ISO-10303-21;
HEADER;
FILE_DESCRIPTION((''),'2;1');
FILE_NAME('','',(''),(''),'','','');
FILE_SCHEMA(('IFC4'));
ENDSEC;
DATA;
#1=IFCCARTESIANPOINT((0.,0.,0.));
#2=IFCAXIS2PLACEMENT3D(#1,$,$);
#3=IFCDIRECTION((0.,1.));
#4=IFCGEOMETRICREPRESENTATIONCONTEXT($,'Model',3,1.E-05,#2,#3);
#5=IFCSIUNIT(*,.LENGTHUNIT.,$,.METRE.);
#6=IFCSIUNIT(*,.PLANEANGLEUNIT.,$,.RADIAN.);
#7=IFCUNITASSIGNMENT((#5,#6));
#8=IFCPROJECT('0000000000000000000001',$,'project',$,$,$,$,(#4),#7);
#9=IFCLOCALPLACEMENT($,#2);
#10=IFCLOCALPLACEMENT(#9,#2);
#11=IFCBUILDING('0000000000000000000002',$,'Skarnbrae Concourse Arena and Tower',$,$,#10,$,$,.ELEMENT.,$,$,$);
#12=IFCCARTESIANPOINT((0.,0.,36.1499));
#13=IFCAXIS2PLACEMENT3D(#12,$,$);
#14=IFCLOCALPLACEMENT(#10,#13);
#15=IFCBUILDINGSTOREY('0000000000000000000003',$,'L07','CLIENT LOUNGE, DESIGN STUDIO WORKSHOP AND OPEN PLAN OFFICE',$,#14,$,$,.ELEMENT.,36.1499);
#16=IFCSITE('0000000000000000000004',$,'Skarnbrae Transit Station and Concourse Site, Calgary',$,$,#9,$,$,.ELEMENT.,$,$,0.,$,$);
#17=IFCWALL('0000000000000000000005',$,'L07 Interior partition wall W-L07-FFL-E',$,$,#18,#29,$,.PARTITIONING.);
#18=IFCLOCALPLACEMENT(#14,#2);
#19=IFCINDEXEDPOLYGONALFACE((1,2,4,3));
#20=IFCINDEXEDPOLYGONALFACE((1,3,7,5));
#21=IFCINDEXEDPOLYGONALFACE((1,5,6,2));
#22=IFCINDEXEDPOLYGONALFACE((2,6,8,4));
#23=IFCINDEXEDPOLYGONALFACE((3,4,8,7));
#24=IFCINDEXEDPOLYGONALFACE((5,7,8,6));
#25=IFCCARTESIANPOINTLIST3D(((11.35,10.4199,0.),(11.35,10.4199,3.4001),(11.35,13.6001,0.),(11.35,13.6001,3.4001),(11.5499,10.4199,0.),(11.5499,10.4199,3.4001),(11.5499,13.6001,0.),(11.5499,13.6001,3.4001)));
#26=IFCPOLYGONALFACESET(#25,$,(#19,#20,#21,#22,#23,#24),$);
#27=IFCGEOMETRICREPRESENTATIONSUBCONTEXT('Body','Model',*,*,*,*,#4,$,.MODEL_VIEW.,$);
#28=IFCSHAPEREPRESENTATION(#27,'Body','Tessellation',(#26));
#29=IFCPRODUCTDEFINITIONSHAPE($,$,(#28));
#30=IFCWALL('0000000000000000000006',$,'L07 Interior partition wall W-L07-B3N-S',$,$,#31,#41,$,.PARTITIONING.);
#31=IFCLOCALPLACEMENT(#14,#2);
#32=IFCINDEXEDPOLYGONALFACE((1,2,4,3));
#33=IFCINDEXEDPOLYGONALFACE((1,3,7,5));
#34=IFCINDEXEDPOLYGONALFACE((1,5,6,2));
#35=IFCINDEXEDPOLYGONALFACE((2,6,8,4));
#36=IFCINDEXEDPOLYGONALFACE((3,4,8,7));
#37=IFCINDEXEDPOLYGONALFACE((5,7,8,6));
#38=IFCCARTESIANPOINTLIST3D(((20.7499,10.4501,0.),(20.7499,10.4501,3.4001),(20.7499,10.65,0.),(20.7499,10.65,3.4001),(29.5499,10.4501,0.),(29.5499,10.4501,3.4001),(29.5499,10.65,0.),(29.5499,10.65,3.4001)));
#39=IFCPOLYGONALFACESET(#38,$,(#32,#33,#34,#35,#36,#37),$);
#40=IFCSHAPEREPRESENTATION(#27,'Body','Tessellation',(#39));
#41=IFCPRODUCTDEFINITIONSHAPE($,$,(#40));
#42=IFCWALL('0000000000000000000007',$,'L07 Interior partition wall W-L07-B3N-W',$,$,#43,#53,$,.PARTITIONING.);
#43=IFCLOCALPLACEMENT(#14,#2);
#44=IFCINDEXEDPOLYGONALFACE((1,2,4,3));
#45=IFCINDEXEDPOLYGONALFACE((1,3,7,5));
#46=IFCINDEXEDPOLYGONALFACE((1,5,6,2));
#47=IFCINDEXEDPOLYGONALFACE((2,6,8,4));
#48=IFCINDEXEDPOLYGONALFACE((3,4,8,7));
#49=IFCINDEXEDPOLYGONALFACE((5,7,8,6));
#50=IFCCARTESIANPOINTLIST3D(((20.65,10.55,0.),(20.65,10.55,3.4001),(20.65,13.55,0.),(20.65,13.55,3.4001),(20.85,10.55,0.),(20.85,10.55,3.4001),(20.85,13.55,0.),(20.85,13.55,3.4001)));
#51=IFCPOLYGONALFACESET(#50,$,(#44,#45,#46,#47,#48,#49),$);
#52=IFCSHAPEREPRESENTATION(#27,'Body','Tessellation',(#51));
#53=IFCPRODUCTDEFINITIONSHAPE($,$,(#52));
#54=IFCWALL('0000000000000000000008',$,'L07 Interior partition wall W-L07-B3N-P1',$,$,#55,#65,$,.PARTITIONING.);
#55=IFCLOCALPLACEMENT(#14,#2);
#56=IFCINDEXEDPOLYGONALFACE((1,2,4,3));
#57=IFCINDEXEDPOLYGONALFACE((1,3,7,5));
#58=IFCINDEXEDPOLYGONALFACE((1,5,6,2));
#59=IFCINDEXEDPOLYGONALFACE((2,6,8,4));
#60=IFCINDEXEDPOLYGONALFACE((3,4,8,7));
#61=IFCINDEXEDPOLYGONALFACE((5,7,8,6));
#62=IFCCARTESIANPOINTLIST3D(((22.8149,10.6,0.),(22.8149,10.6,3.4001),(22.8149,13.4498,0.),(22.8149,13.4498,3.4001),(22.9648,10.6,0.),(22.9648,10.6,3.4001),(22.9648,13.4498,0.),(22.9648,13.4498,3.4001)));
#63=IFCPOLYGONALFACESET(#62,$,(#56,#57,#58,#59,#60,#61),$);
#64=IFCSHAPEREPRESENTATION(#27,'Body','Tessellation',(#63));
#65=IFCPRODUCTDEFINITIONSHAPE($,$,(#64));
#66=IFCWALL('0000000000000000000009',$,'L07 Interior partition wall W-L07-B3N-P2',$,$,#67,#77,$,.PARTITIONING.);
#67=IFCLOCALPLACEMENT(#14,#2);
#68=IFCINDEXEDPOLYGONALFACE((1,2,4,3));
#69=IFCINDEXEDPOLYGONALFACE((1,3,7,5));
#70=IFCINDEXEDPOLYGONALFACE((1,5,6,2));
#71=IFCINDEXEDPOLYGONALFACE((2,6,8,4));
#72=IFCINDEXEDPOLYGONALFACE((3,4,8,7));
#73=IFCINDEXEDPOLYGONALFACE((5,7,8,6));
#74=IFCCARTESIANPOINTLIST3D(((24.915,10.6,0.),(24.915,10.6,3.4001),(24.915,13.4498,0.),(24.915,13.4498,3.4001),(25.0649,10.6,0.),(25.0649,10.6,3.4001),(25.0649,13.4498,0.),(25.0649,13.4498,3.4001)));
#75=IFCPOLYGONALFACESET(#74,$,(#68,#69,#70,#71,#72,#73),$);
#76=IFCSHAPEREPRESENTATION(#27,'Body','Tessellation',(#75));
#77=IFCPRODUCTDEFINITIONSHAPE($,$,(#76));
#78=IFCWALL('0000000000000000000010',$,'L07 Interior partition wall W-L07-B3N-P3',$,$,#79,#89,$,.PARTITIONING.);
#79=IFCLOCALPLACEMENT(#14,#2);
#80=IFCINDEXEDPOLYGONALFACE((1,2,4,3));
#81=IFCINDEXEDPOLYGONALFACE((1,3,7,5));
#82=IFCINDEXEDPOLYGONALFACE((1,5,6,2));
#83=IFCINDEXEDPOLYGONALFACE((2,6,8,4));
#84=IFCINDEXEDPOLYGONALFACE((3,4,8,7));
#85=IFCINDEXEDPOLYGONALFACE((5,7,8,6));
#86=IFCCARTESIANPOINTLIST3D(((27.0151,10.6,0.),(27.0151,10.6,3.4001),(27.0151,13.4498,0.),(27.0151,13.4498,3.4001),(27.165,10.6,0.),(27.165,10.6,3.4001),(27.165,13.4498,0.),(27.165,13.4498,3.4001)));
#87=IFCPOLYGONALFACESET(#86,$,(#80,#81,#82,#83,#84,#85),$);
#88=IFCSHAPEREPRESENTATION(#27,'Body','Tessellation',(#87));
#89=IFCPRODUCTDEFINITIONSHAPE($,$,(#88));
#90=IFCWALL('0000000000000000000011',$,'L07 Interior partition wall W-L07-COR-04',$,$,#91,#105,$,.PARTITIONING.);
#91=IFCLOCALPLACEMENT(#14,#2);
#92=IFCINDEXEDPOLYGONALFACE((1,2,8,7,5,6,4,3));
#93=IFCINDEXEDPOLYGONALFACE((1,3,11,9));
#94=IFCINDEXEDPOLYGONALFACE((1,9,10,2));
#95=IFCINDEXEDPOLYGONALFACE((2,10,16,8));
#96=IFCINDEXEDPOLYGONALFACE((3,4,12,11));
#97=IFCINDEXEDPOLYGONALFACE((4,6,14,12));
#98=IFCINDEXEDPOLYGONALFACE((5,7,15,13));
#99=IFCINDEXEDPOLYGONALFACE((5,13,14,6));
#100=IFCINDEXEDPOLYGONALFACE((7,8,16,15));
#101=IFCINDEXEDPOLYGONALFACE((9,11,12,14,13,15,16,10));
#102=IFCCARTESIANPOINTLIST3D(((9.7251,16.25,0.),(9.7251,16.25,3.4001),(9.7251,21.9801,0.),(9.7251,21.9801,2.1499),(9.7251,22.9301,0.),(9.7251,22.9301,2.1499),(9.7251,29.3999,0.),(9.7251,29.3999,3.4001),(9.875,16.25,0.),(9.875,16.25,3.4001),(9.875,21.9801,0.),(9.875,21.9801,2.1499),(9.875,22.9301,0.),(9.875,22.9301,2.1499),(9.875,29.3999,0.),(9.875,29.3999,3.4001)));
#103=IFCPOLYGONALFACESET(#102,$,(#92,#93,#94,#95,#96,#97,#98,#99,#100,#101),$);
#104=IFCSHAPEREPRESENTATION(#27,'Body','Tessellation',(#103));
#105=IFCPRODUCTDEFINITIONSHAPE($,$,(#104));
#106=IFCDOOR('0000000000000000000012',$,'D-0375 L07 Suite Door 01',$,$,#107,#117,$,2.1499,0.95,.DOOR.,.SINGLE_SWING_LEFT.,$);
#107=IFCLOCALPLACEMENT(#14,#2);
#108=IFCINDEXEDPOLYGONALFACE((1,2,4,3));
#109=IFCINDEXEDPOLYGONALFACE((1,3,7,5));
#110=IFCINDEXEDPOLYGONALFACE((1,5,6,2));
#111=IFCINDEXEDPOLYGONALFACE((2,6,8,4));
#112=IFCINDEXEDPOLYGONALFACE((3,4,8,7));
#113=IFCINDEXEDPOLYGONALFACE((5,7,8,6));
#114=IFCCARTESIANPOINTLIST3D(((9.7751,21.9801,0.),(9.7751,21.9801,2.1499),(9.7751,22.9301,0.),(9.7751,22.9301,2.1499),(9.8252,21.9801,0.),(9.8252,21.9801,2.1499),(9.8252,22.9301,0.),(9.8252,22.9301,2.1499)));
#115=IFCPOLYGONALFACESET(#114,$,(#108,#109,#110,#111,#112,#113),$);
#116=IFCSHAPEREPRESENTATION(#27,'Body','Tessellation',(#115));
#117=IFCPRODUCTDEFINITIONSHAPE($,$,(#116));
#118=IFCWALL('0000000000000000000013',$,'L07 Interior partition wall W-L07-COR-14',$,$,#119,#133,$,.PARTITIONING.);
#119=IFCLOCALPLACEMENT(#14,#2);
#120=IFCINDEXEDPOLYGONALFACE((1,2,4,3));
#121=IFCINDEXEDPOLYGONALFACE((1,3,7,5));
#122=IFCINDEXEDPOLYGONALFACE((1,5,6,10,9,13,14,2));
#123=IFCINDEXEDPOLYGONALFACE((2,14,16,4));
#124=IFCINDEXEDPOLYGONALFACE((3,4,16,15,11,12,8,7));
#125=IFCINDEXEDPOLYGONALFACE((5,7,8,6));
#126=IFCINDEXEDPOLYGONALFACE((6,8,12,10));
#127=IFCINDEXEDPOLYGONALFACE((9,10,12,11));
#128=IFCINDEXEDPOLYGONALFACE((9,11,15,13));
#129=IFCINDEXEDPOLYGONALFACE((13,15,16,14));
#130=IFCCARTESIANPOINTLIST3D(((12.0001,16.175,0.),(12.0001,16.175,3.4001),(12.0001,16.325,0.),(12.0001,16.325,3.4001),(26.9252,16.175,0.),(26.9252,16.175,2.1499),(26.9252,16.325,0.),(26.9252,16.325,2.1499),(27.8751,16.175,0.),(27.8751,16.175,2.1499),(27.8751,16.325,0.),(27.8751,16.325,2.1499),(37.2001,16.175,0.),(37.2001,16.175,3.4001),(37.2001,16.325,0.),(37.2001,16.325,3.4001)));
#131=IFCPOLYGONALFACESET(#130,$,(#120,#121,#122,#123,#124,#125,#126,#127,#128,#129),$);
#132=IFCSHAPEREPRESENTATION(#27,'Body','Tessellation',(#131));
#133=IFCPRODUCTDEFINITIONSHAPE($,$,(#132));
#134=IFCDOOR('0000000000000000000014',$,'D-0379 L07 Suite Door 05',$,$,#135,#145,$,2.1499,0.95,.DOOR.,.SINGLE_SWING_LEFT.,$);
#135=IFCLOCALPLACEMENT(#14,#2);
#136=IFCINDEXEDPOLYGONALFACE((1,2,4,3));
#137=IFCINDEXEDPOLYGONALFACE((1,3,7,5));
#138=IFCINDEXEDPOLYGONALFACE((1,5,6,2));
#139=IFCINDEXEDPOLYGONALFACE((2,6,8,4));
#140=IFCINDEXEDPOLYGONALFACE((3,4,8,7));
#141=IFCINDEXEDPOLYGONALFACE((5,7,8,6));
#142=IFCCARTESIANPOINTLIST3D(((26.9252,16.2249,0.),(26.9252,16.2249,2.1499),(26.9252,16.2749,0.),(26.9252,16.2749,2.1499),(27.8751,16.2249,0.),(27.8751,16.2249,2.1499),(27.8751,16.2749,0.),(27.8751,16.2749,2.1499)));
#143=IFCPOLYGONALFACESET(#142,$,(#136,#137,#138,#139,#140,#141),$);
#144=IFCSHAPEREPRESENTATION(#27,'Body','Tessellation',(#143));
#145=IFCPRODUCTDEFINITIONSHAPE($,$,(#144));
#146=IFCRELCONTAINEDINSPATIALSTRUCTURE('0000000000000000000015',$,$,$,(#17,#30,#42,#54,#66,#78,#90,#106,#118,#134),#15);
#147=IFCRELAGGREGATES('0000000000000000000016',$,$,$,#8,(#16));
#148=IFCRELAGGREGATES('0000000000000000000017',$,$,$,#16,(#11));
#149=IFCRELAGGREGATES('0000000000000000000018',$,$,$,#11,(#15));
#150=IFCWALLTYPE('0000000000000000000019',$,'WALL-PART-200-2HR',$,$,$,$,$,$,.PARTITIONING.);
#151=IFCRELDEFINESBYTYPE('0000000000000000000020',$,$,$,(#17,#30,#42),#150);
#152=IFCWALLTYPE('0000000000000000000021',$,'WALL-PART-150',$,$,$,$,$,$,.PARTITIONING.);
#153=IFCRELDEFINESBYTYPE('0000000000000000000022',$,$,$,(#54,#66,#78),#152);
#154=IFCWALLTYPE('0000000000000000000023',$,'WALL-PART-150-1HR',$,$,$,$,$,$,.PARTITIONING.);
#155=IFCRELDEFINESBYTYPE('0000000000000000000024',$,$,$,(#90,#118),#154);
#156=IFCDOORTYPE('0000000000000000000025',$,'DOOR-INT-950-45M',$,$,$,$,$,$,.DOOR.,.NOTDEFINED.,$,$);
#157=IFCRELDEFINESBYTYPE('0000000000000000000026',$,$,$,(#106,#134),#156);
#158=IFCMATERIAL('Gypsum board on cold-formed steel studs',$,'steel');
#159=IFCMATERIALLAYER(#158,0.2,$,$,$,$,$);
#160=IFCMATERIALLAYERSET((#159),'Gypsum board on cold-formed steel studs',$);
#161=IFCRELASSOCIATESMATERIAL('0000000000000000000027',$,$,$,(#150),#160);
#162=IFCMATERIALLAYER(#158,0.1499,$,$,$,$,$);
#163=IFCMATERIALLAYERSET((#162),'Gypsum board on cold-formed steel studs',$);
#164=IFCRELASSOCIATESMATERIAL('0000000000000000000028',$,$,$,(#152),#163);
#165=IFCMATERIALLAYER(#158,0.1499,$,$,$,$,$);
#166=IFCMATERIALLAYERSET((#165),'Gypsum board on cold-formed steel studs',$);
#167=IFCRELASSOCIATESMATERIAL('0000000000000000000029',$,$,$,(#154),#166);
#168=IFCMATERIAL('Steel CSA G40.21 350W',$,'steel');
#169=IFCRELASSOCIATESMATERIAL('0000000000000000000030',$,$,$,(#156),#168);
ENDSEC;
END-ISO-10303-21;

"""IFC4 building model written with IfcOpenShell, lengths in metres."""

from ifc_helpers import new_model, si_unit, direction, frame, frame_2d, origin, place, context, subcontext, project, spatial, rectangle, extrude, source, transform, mapped, material, layer, layer_set, type_object, element, fill, save


model = new_model("IFC4")

# Units and contexts
model_context = context("Model", 3, precision=1e-05, world=origin(), true_north=direction((0.0, 1.0)))
body_context = subcontext(model_context, "Body", "Model", "MODEL_VIEW")
ifc_project = project(units=[si_unit("LENGTHUNIT", "METRE"), si_unit("PLANEANGLEUNIT", "RADIAN")], contexts=[model_context])

# Site, building, storey
site_placement = place(None, origin())
site = spatial("IfcSite", under=ifc_project, at=site_placement, Name="Skarnbrae Transit Station and Concourse Site, Calgary", CompositionType="ELEMENT", RefElevation=0.0)
building_placement = place(site_placement, origin())
building = spatial("IfcBuilding", under=site, at=building_placement, Name="Skarnbrae Concourse Arena and Tower", CompositionType="ELEMENT")
storey_placement = place(building_placement, frame((0.0, 0.0, 36.1499)))
storey = spatial("IfcBuildingStorey", under=building, at=storey_placement, Name="L07", Description="CLIENT LOUNGE, DESIGN STUDIO WORKSHOP AND OPEN PLAN OFFICE", CompositionType="ELEMENT", Elevation=36.1499)

# Shared definitions
ifc_material_1 = material(Name="Steel CSA G40.21 350W", Category="steel")

# Walls
ifc_material_2 = material(Name="Gypsum board on cold-formed steel studs", Category="steel")
ifc_layer_1 = layer(ifc_material_2, 0.2)
ifc_layer_set_1 = layer_set([ifc_layer_1], Name="Gypsum board on cold-formed steel studs")
wall_type_1 = type_object("IfcWallType", Name="WALL-PART-200-2HR", PredefinedType="PARTITIONING", material=ifc_layer_set_1)
shared_shape_1 = source(origin(), body_context, "Body", "SweptSolid", [
    extrude(rectangle(XDim=3.1802, YDim=0.2, at=frame_2d((1.5901, 0.0))), origin(), (0.0, 0.0, 1.0), 3.4001),
])
wall_1_placement = place(storey_placement, frame((11.45, 10.4199, 0.0), z_axis=(0.0, 0.0, 1.0), x_axis=(0.0, 1.0, 0.0)))
element("IfcWall", 1, at=wall_1_placement, inside=storey, type_object=wall_type_1, Name="L07 Interior partition wall W-L07-FFL-E", PredefinedType="PARTITIONING", context=body_context, shape_type="MappedRepresentation", body=[
    mapped(shared_shape_1, transform((0.0, 0.0, 0.0))),
])
shared_shape_2 = source(origin(), body_context, "Body", "SweptSolid", [
    extrude(rectangle(XDim=8.8, YDim=0.2, at=frame_2d((4.3999, 0.0))), origin(), (0.0, 0.0, 1.0), 3.4001),
])
wall_2_placement = place(storey_placement, frame((20.75, 10.55, 0.0), z_axis=(0.0, 0.0, 1.0), x_axis=(1.0, 0.0, 0.0)))
element("IfcWall", 2, at=wall_2_placement, inside=storey, type_object=wall_type_1, Name="L07 Interior partition wall W-L07-B3N-S", PredefinedType="PARTITIONING", context=body_context, shape_type="MappedRepresentation", body=[
    mapped(shared_shape_2, transform((0.0, 0.0, 0.0))),
])
shared_shape_3 = source(origin(), body_context, "Body", "SweptSolid", [
    extrude(rectangle(XDim=3.0, YDim=0.2, at=frame_2d((1.5, 0.0))), origin(), (0.0, 0.0, 1.0), 3.4001),
])
wall_3_placement = place(storey_placement, frame((20.75, 10.55, 0.0), z_axis=(0.0, 0.0, 1.0), x_axis=(0.0, 1.0, 0.0)))
element("IfcWall", 3, at=wall_3_placement, inside=storey, type_object=wall_type_1, Name="L07 Interior partition wall W-L07-B3N-W", PredefinedType="PARTITIONING", context=body_context, shape_type="MappedRepresentation", body=[
    mapped(shared_shape_3, transform((0.0, 0.0, 0.0))),
])
ifc_layer_2 = layer(ifc_material_2, 0.1499)
ifc_layer_set_2 = layer_set([ifc_layer_2], Name="Gypsum board on cold-formed steel studs")
wall_type_2 = type_object("IfcWallType", Name="WALL-PART-150", PredefinedType="PARTITIONING", material=ifc_layer_set_2)
shared_shape_4 = source(origin(), body_context, "Body", "SweptSolid", [
    extrude(rectangle(XDim=2.8499, YDim=0.1499, at=frame_2d((1.4248, 0.0))), origin(), (0.0, 0.0, 1.0), 3.4001),
])
for number, where, z_axis, x_axis, name in (
    (4, (22.8899, 10.6001, 0.0), (0.0, 0.0, 1.0), (0.0, 1.0, 0.0), "L07 Interior partition wall W-L07-B3N-P1"),
    (5, (24.99, 10.6001, 0.0), (0.0, 0.0, 1.0), (0.0, 1.0, 0.0), "L07 Interior partition wall W-L07-B3N-P2"),
    (6, (27.0901, 10.6001, 0.0), (0.0, 0.0, 1.0), (0.0, 1.0, 0.0), "L07 Interior partition wall W-L07-B3N-P3"),
):
    element("IfcWall", number, at=place(storey_placement, frame(where, z_axis=z_axis, x_axis=x_axis)), inside=storey, type_object=wall_type_2, Name=name, PredefinedType="PARTITIONING", context=body_context, shape_type="MappedRepresentation", body=[
        mapped(shared_shape_4, transform((0.0, 0.0, 0.0))),
    ])

# Walls, openings, doors
ifc_layer_3 = layer(ifc_material_2, 0.1499)
ifc_layer_set_3 = layer_set([ifc_layer_3], Name="Gypsum board on cold-formed steel studs")
wall_type_3 = type_object("IfcWallType", Name="WALL-PART-150-1HR", PredefinedType="PARTITIONING", material=ifc_layer_set_3)
shared_shape_5 = source(origin(), body_context, "Body", "SweptSolid", [
    extrude(rectangle(XDim=13.1499, YDim=0.1499, at=frame_2d((6.575, 0.0))), origin(), (0.0, 0.0, 1.0), 3.4001),
])
wall_4_placement = place(storey_placement, frame((9.8, 16.25, 0.0), z_axis=(0.0, 0.0, 1.0), x_axis=(0.0, 1.0, 0.0)))
wall_4 = element("IfcWall", 7, at=wall_4_placement, inside=storey, type_object=wall_type_3, Name="L07 Interior partition wall W-L07-COR-04", PredefinedType="PARTITIONING", context=body_context, shape_type="MappedRepresentation", body=[
    mapped(shared_shape_5, transform((0.0, 0.0, 0.0))),
])
opening_1_placement = place(wall_4_placement, frame((5.73, 0.0, 0.0)))
opening_1 = element("IfcOpeningElement", 8, at=opening_1_placement, cuts=wall_4, PredefinedType="OPENING", context=body_context, shape_type="SweptSolid", body=[
    extrude(rectangle(XDim=0.95, YDim=2.1499, at=frame_2d((0.4751, 1.075))), frame((0.0, 0.085, 0.0), z_axis=(0.0, -1.0, 0.0), x_axis=(1.0, 0.0, 0.0)), (0.0, 0.0, 1.0), 0.1699),
])
door_type_1 = type_object("IfcDoorType", Name="DOOR-INT-950-45M", OperationType="NOTDEFINED", PredefinedType="DOOR", material=ifc_material_1)
shared_shape_6 = source(origin(), body_context, "Body", "SweptSolid", [
    extrude(rectangle(XDim=0.95, YDim=2.1499, at=frame_2d((0.4751, 1.075))), frame((0.0, 0.0249, 0.0), z_axis=(0.0, -1.0, 0.0), x_axis=(1.0, 0.0, 0.0)), (0.0, 0.0, 1.0), 0.05),
])
door_1_placement = place(opening_1_placement, origin())
door_1 = element("IfcDoor", 9, at=door_1_placement, inside=storey, type_object=door_type_1, Name="D-0375 L07 Suite Door 01", OperationType="SINGLE_SWING_LEFT", OverallHeight=2.1499, OverallWidth=0.95, PredefinedType="DOOR", context=body_context, shape_type="MappedRepresentation", body=[
    mapped(shared_shape_6, transform((0.0, 0.0, 0.0))),
])
fill(opening_1, door_1)
shared_shape_7 = source(origin(), body_context, "Body", "SweptSolid", [
    extrude(rectangle(XDim=25.2, YDim=0.1499, at=frame_2d((12.6001, 0.0))), origin(), (0.0, 0.0, 1.0), 3.4001),
])
wall_5_placement = place(storey_placement, frame((12.0, 16.25, 0.0), z_axis=(0.0, 0.0, 1.0), x_axis=(1.0, 0.0, 0.0)))
wall_5 = element("IfcWall", 10, at=wall_5_placement, inside=storey, type_object=wall_type_3, Name="L07 Interior partition wall W-L07-COR-14", PredefinedType="PARTITIONING", context=body_context, shape_type="MappedRepresentation", body=[
    mapped(shared_shape_7, transform((0.0, 0.0, 0.0))),
])
opening_2_placement = place(wall_5_placement, frame((14.925, 0.0, 0.0)))
opening_2 = element("IfcOpeningElement", 11, at=opening_2_placement, cuts=wall_5, PredefinedType="OPENING", context=body_context, shape_type="SweptSolid", body=[
    extrude(rectangle(XDim=0.95, YDim=2.1499, at=frame_2d((0.4751, 1.075))), frame((0.0, 0.085, 0.0), z_axis=(0.0, -1.0, 0.0), x_axis=(1.0, 0.0, 0.0)), (0.0, 0.0, 1.0), 0.1699),
])
door_2_placement = place(opening_2_placement, origin())
door_2 = element("IfcDoor", 12, at=door_2_placement, inside=storey, type_object=door_type_1, Name="D-0379 L07 Suite Door 05", OperationType="SINGLE_SWING_LEFT", OverallHeight=2.1499, OverallWidth=0.95, PredefinedType="DOOR", context=body_context, shape_type="MappedRepresentation", body=[
    mapped(shared_shape_6, transform((0.0, 0.0, 0.0))),
])
fill(opening_2, door_2)

save(model, "model.ifc")
